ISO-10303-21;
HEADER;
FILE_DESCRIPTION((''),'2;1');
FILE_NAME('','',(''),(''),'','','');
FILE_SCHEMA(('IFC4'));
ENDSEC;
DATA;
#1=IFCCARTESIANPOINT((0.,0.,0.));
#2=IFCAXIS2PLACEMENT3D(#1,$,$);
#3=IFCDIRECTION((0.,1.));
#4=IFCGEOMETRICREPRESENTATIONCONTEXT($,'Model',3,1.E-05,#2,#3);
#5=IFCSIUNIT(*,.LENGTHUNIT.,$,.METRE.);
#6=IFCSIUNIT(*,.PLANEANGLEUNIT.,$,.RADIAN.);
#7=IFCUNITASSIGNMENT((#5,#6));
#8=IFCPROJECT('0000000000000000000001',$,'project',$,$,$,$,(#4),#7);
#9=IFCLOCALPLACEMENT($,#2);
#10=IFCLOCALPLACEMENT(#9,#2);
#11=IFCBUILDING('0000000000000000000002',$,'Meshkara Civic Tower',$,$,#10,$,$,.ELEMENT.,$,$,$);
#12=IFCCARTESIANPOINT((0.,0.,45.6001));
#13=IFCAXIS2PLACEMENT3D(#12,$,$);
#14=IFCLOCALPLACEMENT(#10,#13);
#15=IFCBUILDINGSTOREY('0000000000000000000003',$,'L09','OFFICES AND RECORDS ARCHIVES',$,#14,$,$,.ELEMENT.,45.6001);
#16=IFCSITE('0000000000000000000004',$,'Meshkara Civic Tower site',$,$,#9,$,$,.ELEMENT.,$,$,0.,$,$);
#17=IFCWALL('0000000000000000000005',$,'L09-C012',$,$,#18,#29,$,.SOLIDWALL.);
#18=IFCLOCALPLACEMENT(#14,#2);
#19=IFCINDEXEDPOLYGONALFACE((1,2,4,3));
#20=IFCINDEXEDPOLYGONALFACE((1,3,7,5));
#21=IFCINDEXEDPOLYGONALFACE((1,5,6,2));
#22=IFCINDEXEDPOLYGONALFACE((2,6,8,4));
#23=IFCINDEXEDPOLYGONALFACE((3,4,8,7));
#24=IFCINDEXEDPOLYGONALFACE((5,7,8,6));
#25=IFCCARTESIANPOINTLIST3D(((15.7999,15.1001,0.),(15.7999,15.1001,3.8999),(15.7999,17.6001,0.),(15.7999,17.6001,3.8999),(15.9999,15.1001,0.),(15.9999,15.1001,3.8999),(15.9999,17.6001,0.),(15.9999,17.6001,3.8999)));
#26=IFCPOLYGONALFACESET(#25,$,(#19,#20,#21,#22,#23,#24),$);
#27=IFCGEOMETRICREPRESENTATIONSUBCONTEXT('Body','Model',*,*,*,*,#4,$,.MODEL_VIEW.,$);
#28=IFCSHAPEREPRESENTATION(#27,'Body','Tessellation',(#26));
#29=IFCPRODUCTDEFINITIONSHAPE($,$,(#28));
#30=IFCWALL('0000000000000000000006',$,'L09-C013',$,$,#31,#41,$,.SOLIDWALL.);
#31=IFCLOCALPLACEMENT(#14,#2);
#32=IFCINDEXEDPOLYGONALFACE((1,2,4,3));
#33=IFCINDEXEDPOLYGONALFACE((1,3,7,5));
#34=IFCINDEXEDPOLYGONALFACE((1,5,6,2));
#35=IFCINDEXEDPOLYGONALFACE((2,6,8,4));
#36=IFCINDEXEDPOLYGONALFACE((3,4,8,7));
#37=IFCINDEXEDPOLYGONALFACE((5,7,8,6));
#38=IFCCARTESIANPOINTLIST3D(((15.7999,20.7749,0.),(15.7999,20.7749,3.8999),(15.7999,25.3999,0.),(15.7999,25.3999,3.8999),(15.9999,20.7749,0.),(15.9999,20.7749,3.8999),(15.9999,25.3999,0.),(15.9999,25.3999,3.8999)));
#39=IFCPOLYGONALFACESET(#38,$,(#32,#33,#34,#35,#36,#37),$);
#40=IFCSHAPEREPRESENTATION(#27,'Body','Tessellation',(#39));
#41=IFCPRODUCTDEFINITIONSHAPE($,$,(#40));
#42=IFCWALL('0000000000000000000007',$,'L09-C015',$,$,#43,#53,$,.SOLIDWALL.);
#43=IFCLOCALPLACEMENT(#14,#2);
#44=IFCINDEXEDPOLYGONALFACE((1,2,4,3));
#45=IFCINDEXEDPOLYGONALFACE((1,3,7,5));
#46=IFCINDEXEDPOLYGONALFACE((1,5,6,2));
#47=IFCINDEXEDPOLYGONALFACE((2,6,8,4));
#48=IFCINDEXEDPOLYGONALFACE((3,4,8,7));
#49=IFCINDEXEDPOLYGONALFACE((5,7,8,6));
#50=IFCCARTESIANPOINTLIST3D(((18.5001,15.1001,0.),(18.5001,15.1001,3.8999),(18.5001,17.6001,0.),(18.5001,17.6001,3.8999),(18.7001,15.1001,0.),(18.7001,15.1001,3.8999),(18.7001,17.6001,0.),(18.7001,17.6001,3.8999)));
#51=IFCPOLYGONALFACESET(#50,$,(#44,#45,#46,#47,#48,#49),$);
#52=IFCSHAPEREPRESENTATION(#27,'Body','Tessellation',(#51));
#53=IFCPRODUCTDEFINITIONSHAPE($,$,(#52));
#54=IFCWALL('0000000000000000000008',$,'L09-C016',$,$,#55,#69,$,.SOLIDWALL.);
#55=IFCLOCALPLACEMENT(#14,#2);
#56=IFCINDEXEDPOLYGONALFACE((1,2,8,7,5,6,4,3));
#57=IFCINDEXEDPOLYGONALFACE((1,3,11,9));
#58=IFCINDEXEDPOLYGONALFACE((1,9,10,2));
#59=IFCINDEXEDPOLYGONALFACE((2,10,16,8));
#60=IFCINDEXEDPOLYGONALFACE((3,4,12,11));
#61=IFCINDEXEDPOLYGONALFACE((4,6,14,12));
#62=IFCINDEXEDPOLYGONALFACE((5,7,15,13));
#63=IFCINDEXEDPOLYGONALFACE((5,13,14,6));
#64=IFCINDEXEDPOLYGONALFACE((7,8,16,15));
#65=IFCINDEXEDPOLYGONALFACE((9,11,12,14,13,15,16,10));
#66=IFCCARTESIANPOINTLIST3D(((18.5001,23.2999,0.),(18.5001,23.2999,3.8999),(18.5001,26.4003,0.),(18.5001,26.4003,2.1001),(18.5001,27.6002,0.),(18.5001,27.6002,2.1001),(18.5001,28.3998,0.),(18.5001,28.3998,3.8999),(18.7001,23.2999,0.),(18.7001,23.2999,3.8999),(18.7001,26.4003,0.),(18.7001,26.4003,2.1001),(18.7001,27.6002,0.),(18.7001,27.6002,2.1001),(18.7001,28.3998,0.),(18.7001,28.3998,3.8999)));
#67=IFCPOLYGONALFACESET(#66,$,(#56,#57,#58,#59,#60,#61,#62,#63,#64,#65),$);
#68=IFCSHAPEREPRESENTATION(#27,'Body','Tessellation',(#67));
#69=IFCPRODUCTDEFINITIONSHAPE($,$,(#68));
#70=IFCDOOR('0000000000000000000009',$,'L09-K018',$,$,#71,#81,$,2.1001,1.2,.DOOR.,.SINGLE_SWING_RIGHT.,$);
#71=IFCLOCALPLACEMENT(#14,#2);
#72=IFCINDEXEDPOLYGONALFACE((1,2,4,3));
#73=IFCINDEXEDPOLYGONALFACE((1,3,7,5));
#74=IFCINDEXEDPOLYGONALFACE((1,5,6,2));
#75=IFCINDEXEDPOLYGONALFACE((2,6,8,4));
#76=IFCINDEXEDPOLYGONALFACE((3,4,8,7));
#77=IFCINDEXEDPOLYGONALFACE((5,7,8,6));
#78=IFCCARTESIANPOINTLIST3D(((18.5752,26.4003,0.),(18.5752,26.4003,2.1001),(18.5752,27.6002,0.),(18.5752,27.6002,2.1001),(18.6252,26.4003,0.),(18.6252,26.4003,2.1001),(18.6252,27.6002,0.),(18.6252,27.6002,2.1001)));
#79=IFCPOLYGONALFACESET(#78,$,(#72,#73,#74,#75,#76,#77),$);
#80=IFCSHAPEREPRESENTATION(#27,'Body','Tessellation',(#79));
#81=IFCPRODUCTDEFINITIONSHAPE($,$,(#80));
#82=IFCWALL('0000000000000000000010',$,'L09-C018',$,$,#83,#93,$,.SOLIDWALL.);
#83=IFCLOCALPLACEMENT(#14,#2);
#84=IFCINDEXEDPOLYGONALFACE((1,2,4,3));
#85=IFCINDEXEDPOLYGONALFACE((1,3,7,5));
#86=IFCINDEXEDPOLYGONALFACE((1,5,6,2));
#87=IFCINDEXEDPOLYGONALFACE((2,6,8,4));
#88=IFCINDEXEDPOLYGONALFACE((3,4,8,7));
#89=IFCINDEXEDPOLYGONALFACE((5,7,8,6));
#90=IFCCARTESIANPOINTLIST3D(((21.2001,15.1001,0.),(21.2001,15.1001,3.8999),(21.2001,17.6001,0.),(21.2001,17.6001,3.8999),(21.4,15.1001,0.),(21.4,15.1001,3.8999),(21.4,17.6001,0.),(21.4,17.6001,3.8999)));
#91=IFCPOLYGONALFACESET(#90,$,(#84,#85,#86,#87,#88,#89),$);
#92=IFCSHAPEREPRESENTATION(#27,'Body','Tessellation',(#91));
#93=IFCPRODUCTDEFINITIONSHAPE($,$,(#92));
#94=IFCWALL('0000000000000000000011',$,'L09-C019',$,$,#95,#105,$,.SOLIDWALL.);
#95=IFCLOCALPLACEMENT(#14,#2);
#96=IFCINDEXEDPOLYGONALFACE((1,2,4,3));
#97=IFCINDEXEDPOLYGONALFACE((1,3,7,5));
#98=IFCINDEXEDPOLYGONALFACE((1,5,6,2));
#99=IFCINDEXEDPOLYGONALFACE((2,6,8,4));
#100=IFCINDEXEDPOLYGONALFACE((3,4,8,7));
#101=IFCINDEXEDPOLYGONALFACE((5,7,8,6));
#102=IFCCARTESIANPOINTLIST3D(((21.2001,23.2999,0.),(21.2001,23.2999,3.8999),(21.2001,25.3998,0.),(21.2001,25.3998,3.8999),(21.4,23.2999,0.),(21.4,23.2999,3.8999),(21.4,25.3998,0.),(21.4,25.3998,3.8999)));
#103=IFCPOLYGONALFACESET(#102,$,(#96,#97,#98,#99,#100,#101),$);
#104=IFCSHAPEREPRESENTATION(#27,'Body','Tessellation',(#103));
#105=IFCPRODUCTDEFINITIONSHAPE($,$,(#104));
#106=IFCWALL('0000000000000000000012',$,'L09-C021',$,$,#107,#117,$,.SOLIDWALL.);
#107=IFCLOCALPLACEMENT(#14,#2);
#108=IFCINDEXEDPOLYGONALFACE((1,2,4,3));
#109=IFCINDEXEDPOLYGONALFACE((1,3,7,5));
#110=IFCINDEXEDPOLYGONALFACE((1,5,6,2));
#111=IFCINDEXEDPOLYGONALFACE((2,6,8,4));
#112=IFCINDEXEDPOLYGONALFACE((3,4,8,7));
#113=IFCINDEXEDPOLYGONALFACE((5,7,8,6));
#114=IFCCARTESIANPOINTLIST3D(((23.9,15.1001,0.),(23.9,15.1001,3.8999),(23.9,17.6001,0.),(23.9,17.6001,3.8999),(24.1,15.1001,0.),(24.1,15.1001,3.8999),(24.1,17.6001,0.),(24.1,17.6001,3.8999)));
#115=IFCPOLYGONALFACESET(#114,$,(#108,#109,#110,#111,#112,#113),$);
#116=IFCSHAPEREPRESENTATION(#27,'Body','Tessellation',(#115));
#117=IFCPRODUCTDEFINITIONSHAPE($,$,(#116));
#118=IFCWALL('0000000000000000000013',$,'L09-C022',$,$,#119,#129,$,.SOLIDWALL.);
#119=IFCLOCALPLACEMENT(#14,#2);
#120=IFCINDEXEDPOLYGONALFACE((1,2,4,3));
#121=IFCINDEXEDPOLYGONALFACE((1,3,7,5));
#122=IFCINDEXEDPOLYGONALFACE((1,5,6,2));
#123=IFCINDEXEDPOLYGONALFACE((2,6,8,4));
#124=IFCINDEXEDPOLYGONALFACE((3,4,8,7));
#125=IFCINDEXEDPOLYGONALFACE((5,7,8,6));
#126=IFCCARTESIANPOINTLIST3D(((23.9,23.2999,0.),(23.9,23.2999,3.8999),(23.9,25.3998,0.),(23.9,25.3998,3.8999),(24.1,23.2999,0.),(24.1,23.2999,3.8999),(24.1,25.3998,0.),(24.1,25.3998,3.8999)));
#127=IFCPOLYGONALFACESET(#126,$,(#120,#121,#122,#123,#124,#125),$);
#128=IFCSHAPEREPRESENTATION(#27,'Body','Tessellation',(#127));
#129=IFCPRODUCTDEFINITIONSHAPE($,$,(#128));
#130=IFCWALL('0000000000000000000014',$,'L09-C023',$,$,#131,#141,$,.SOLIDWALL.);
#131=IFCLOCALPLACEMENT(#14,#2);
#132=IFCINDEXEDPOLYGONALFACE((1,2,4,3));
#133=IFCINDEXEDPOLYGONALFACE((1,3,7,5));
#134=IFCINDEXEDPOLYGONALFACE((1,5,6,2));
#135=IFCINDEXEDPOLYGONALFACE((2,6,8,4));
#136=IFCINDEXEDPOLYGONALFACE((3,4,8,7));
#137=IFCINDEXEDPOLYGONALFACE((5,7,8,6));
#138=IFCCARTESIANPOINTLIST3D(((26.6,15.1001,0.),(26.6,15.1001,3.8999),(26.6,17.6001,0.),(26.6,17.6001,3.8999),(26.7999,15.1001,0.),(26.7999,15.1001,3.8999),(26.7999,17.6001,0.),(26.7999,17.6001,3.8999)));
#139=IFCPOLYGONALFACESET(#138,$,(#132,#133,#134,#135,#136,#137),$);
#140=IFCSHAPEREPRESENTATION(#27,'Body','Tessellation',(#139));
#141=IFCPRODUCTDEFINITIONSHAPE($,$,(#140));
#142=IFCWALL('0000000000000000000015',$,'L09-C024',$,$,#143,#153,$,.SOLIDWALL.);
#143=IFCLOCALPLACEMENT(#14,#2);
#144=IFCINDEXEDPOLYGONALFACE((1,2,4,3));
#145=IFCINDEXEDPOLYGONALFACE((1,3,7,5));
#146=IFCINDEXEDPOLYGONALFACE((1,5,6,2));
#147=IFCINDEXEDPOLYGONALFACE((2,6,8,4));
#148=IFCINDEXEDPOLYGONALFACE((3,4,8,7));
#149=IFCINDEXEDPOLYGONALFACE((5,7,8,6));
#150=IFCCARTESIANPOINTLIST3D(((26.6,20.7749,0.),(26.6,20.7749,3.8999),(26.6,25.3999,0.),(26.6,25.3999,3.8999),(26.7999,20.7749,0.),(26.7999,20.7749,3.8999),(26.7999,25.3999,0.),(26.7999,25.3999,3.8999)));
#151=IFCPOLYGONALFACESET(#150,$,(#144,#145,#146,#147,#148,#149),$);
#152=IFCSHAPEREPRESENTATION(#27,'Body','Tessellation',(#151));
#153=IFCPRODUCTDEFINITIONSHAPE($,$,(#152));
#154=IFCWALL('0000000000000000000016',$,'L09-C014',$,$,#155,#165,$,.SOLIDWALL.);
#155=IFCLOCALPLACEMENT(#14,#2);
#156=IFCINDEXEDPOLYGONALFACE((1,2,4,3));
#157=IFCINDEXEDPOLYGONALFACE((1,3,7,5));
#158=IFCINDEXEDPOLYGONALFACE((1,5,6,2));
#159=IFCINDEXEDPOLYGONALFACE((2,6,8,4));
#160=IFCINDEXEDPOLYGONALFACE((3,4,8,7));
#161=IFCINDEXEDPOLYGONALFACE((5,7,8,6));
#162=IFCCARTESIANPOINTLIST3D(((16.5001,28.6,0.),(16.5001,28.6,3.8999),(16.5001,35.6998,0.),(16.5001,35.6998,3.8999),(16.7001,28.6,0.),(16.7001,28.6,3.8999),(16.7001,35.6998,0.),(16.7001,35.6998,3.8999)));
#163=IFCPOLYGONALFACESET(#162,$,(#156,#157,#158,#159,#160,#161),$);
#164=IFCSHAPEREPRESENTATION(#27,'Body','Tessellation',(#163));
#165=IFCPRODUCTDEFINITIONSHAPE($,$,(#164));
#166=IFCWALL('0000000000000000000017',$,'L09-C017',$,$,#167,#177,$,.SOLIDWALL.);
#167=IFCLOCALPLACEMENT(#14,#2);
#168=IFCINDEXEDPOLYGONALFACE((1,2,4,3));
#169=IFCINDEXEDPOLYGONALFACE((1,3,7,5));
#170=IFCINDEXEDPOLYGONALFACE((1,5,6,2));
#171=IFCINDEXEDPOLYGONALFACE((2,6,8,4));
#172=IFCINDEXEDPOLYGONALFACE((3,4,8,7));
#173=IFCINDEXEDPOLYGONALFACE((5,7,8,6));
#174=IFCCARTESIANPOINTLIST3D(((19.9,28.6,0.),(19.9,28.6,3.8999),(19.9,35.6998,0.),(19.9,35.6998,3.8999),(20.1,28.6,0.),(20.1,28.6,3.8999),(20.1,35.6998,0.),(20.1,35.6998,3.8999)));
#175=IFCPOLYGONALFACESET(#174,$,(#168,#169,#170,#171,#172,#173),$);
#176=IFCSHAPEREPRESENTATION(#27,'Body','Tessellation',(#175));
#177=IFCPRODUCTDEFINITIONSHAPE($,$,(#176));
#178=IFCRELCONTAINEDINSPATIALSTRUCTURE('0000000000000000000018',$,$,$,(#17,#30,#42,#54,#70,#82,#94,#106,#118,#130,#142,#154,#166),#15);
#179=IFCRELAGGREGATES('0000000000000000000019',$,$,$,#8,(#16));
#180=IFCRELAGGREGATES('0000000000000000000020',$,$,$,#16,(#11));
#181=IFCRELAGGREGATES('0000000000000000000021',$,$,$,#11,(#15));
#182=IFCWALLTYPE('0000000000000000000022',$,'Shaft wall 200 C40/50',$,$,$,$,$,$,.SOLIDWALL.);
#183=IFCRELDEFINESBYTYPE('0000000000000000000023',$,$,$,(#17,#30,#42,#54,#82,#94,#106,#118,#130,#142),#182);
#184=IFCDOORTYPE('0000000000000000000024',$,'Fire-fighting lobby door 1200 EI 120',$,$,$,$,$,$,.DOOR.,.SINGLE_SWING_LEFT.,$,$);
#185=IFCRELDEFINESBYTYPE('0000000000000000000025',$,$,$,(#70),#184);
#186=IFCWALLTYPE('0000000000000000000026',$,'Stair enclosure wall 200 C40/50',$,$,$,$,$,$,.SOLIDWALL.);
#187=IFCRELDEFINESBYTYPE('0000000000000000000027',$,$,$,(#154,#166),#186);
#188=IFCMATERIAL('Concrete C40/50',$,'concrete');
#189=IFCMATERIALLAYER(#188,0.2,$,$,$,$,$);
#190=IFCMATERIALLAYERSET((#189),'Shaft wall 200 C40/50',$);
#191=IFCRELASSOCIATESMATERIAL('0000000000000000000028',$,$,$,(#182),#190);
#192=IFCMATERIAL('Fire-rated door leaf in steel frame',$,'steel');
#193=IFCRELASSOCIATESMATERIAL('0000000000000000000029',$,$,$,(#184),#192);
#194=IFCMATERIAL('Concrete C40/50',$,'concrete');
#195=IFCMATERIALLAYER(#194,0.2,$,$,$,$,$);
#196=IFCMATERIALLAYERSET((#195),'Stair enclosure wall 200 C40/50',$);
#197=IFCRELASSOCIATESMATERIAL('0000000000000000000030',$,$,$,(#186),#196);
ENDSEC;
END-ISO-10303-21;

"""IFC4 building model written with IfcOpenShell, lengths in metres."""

from ifc_helpers import new_model, si_unit, direction, frame, frame_2d, origin, place, context, subcontext, project, spatial, rectangle, extrude, material, layer, layer_set, type_object, element, fill, save


model = new_model("IFC4")

# Units and contexts
model_context = context("Model", 3, precision=1e-05, world=origin(), true_north=direction((0.0, 1.0)))
body_context = subcontext(model_context, "Body", "Model", "MODEL_VIEW")
ifc_project = project(units=[si_unit("LENGTHUNIT", "METRE"), si_unit("PLANEANGLEUNIT", "RADIAN")], contexts=[model_context])

# Site, building, storey
site_placement = place(None, origin())
site = spatial("IfcSite", under=ifc_project, at=site_placement, Name="Meshkara Civic Tower site", CompositionType="ELEMENT", RefElevation=0.0)
building_placement = place(site_placement, origin())
building = spatial("IfcBuilding", under=site, at=building_placement, Name="Meshkara Civic Tower", CompositionType="ELEMENT")
storey_placement = place(building_placement, frame((0.0, 0.0, 45.6001)))
storey = spatial("IfcBuildingStorey", under=building, at=storey_placement, Name="L09", Description="OFFICES AND RECORDS ARCHIVES", CompositionType="ELEMENT", Elevation=45.6001)

# Walls
ifc_material_1 = material(Name="Concrete C40/50", Category="concrete")
ifc_layer_1 = layer(ifc_material_1, 0.2)
ifc_layer_set_1 = layer_set([ifc_layer_1], Name="Shaft wall 200 C40/50")
wall_type_1 = type_object("IfcWallType", Name="Shaft wall 200 C40/50", PredefinedType="SOLIDWALL", material=ifc_layer_set_1)
wall_1_placement = place(storey_placement, frame((15.8999, 15.1001, 0.0), z_axis=(0.0, 0.0, 1.0), x_axis=(0.0, 1.0, 0.0)))
element("IfcWall", 1, at=wall_1_placement, inside=storey, type_object=wall_type_1, Name="L09-C012", PredefinedType="SOLIDWALL", context=body_context, shape_type="SweptSolid", body=[
    extrude(rectangle(XDim=2.5, YDim=0.2, at=frame_2d((1.25, 0.0))), origin(), (0.0, 0.0, 1.0), 3.8999),
])
wall_2_placement = place(storey_placement, frame((15.8999, 20.7749, 0.0), z_axis=(0.0, 0.0, 1.0), x_axis=(0.0, 1.0, 0.0)))
element("IfcWall", 2, at=wall_2_placement, inside=storey, type_object=wall_type_1, Name="L09-C013", PredefinedType="SOLIDWALL", context=body_context, shape_type="SweptSolid", body=[
    extrude(rectangle(XDim=4.625, YDim=0.2, at=frame_2d((2.3125, 0.0))), origin(), (0.0, 0.0, 1.0), 3.8999),
])
wall_3_placement = place(storey_placement, frame((18.6001, 15.1001, 0.0), z_axis=(0.0, 0.0, 1.0), x_axis=(0.0, 1.0, 0.0)))
element("IfcWall", 3, at=wall_3_placement, inside=storey, type_object=wall_type_1, Name="L09-C015", PredefinedType="SOLIDWALL", context=body_context, shape_type="SweptSolid", body=[
    extrude(rectangle(XDim=2.5, YDim=0.2, at=frame_2d((1.25, 0.0))), origin(), (0.0, 0.0, 1.0), 3.8999),
])

# Wall, opening, door
wall_4_placement = place(storey_placement, frame((18.6001, 23.3, 0.0), z_axis=(0.0, 0.0, 1.0), x_axis=(0.0, 1.0, 0.0)))
wall_4 = element("IfcWall", 4, at=wall_4_placement, inside=storey, type_object=wall_type_1, Name="L09-C016", PredefinedType="SOLIDWALL", context=body_context, shape_type="SweptSolid", body=[
    extrude(rectangle(XDim=5.0999, YDim=0.2, at=frame_2d((2.5498, 0.0))), origin(), (0.0, 0.0, 1.0), 3.8999),
])
opening_1_placement = place(wall_4_placement, frame((3.1001, 0.0, 0.0)))
opening_1 = element("IfcOpeningElement", 5, at=opening_1_placement, cuts=wall_4, PredefinedType="OPENING", context=body_context, shape_type="SweptSolid", body=[
    extrude(rectangle(XDim=1.2, YDim=2.1001, at=frame_2d((0.6001, 1.05))), frame((0.0, 0.1099, 0.0), z_axis=(0.0, -1.0, 0.0), x_axis=(1.0, 0.0, 0.0)), (0.0, 0.0, 1.0), 0.22),
])
ifc_material_2 = material(Name="Fire-rated door leaf in steel frame", Category="steel")
door_type = type_object("IfcDoorType", Name="Fire-fighting lobby door 1200 EI 120", OperationType="SINGLE_SWING_LEFT", PredefinedType="DOOR", material=ifc_material_2)
door_placement = place(opening_1_placement, origin())
door = element("IfcDoor", 6, at=door_placement, inside=storey, type_object=door_type, Name="L09-K018", OperationType="SINGLE_SWING_RIGHT", OverallHeight=2.1001, OverallWidth=1.2, PredefinedType="DOOR", context=body_context, shape_type="SweptSolid", body=[
    extrude(rectangle(XDim=1.2, YDim=2.1001, at=frame_2d((0.6001, 1.05))), frame((0.0, 0.0249, 0.0), z_axis=(0.0, -1.0, 0.0), x_axis=(1.0, 0.0, 0.0)), (0.0, 0.0, 1.0), 0.05),
])
fill(opening_1, door)

# Walls
wall_5_placement = place(storey_placement, frame((21.3, 15.1001, 0.0), z_axis=(0.0, 0.0, 1.0), x_axis=(0.0, 1.0, 0.0)))
element("IfcWall", 7, at=wall_5_placement, inside=storey, type_object=wall_type_1, Name="L09-C018", PredefinedType="SOLIDWALL", context=body_context, shape_type="SweptSolid", body=[
    extrude(rectangle(XDim=2.5, YDim=0.2, at=frame_2d((1.25, 0.0))), origin(), (0.0, 0.0, 1.0), 3.8999),
])
wall_6_placement = place(storey_placement, frame((21.3, 23.3, 0.0), z_axis=(0.0, 0.0, 1.0), x_axis=(0.0, 1.0, 0.0)))
element("IfcWall", 8, at=wall_6_placement, inside=storey, type_object=wall_type_1, Name="L09-C019", PredefinedType="SOLIDWALL", context=body_context, shape_type="SweptSolid", body=[
    extrude(rectangle(XDim=2.0999, YDim=0.2, at=frame_2d((1.0498, 0.0))), origin(), (0.0, 0.0, 1.0), 3.8999),
])
wall_7_placement = place(storey_placement, frame((24.0, 15.1001, 0.0), z_axis=(0.0, 0.0, 1.0), x_axis=(0.0, 1.0, 0.0)))
element("IfcWall", 9, at=wall_7_placement, inside=storey, type_object=wall_type_1, Name="L09-C021", PredefinedType="SOLIDWALL", context=body_context, shape_type="SweptSolid", body=[
    extrude(rectangle(XDim=2.5, YDim=0.2, at=frame_2d((1.25, 0.0))), origin(), (0.0, 0.0, 1.0), 3.8999),
])
wall_8_placement = place(storey_placement, frame((24.0, 23.3, 0.0), z_axis=(0.0, 0.0, 1.0), x_axis=(0.0, 1.0, 0.0)))
element("IfcWall", 10, at=wall_8_placement, inside=storey, type_object=wall_type_1, Name="L09-C022", PredefinedType="SOLIDWALL", context=body_context, shape_type="SweptSolid", body=[
    extrude(rectangle(XDim=2.0999, YDim=0.2, at=frame_2d((1.0498, 0.0))), origin(), (0.0, 0.0, 1.0), 3.8999),
])
wall_9_placement = place(storey_placement, frame((26.7, 15.1001, 0.0), z_axis=(0.0, 0.0, 1.0), x_axis=(0.0, 1.0, 0.0)))
element("IfcWall", 11, at=wall_9_placement, inside=storey, type_object=wall_type_1, Name="L09-C023", PredefinedType="SOLIDWALL", context=body_context, shape_type="SweptSolid", body=[
    extrude(rectangle(XDim=2.5, YDim=0.2, at=frame_2d((1.25, 0.0))), origin(), (0.0, 0.0, 1.0), 3.8999),
])
wall_10_placement = place(storey_placement, frame((26.7, 20.7749, 0.0), z_axis=(0.0, 0.0, 1.0), x_axis=(0.0, 1.0, 0.0)))
element("IfcWall", 12, at=wall_10_placement, inside=storey, type_object=wall_type_1, Name="L09-C024", PredefinedType="SOLIDWALL", context=body_context, shape_type="SweptSolid", body=[
    extrude(rectangle(XDim=4.625, YDim=0.2, at=frame_2d((2.3125, 0.0))), origin(), (0.0, 0.0, 1.0), 3.8999),
])
ifc_material_3 = material(Name="Concrete C40/50", Category="concrete")
ifc_layer_2 = layer(ifc_material_3, 0.2)
ifc_layer_set_2 = layer_set([ifc_layer_2], Name="Stair enclosure wall 200 C40/50")
wall_type_2 = type_object("IfcWallType", Name="Stair enclosure wall 200 C40/50", PredefinedType="SOLIDWALL", material=ifc_layer_set_2)
for number, where, z_axis, x_axis, name in (
    (13, (16.6001, 28.6001, 0.0), (0.0, 0.0, 1.0), (0.0, 1.0, 0.0), "L09-C014"),
    (14, (20.0, 28.6001, 0.0), (0.0, 0.0, 1.0), (0.0, 1.0, 0.0), "L09-C017"),
):
    element("IfcWall", number, at=place(storey_placement, frame(where, z_axis=z_axis, x_axis=x_axis)), inside=storey, type_object=wall_type_2, Name=name, PredefinedType="SOLIDWALL", context=body_context, shape_type="SweptSolid", body=[
        extrude(rectangle(XDim=7.0999, YDim=0.2, at=frame_2d((3.5498, 0.0))), origin(), (0.0, 0.0, 1.0), 3.8999),
    ])

save(model, "model.ifc")
